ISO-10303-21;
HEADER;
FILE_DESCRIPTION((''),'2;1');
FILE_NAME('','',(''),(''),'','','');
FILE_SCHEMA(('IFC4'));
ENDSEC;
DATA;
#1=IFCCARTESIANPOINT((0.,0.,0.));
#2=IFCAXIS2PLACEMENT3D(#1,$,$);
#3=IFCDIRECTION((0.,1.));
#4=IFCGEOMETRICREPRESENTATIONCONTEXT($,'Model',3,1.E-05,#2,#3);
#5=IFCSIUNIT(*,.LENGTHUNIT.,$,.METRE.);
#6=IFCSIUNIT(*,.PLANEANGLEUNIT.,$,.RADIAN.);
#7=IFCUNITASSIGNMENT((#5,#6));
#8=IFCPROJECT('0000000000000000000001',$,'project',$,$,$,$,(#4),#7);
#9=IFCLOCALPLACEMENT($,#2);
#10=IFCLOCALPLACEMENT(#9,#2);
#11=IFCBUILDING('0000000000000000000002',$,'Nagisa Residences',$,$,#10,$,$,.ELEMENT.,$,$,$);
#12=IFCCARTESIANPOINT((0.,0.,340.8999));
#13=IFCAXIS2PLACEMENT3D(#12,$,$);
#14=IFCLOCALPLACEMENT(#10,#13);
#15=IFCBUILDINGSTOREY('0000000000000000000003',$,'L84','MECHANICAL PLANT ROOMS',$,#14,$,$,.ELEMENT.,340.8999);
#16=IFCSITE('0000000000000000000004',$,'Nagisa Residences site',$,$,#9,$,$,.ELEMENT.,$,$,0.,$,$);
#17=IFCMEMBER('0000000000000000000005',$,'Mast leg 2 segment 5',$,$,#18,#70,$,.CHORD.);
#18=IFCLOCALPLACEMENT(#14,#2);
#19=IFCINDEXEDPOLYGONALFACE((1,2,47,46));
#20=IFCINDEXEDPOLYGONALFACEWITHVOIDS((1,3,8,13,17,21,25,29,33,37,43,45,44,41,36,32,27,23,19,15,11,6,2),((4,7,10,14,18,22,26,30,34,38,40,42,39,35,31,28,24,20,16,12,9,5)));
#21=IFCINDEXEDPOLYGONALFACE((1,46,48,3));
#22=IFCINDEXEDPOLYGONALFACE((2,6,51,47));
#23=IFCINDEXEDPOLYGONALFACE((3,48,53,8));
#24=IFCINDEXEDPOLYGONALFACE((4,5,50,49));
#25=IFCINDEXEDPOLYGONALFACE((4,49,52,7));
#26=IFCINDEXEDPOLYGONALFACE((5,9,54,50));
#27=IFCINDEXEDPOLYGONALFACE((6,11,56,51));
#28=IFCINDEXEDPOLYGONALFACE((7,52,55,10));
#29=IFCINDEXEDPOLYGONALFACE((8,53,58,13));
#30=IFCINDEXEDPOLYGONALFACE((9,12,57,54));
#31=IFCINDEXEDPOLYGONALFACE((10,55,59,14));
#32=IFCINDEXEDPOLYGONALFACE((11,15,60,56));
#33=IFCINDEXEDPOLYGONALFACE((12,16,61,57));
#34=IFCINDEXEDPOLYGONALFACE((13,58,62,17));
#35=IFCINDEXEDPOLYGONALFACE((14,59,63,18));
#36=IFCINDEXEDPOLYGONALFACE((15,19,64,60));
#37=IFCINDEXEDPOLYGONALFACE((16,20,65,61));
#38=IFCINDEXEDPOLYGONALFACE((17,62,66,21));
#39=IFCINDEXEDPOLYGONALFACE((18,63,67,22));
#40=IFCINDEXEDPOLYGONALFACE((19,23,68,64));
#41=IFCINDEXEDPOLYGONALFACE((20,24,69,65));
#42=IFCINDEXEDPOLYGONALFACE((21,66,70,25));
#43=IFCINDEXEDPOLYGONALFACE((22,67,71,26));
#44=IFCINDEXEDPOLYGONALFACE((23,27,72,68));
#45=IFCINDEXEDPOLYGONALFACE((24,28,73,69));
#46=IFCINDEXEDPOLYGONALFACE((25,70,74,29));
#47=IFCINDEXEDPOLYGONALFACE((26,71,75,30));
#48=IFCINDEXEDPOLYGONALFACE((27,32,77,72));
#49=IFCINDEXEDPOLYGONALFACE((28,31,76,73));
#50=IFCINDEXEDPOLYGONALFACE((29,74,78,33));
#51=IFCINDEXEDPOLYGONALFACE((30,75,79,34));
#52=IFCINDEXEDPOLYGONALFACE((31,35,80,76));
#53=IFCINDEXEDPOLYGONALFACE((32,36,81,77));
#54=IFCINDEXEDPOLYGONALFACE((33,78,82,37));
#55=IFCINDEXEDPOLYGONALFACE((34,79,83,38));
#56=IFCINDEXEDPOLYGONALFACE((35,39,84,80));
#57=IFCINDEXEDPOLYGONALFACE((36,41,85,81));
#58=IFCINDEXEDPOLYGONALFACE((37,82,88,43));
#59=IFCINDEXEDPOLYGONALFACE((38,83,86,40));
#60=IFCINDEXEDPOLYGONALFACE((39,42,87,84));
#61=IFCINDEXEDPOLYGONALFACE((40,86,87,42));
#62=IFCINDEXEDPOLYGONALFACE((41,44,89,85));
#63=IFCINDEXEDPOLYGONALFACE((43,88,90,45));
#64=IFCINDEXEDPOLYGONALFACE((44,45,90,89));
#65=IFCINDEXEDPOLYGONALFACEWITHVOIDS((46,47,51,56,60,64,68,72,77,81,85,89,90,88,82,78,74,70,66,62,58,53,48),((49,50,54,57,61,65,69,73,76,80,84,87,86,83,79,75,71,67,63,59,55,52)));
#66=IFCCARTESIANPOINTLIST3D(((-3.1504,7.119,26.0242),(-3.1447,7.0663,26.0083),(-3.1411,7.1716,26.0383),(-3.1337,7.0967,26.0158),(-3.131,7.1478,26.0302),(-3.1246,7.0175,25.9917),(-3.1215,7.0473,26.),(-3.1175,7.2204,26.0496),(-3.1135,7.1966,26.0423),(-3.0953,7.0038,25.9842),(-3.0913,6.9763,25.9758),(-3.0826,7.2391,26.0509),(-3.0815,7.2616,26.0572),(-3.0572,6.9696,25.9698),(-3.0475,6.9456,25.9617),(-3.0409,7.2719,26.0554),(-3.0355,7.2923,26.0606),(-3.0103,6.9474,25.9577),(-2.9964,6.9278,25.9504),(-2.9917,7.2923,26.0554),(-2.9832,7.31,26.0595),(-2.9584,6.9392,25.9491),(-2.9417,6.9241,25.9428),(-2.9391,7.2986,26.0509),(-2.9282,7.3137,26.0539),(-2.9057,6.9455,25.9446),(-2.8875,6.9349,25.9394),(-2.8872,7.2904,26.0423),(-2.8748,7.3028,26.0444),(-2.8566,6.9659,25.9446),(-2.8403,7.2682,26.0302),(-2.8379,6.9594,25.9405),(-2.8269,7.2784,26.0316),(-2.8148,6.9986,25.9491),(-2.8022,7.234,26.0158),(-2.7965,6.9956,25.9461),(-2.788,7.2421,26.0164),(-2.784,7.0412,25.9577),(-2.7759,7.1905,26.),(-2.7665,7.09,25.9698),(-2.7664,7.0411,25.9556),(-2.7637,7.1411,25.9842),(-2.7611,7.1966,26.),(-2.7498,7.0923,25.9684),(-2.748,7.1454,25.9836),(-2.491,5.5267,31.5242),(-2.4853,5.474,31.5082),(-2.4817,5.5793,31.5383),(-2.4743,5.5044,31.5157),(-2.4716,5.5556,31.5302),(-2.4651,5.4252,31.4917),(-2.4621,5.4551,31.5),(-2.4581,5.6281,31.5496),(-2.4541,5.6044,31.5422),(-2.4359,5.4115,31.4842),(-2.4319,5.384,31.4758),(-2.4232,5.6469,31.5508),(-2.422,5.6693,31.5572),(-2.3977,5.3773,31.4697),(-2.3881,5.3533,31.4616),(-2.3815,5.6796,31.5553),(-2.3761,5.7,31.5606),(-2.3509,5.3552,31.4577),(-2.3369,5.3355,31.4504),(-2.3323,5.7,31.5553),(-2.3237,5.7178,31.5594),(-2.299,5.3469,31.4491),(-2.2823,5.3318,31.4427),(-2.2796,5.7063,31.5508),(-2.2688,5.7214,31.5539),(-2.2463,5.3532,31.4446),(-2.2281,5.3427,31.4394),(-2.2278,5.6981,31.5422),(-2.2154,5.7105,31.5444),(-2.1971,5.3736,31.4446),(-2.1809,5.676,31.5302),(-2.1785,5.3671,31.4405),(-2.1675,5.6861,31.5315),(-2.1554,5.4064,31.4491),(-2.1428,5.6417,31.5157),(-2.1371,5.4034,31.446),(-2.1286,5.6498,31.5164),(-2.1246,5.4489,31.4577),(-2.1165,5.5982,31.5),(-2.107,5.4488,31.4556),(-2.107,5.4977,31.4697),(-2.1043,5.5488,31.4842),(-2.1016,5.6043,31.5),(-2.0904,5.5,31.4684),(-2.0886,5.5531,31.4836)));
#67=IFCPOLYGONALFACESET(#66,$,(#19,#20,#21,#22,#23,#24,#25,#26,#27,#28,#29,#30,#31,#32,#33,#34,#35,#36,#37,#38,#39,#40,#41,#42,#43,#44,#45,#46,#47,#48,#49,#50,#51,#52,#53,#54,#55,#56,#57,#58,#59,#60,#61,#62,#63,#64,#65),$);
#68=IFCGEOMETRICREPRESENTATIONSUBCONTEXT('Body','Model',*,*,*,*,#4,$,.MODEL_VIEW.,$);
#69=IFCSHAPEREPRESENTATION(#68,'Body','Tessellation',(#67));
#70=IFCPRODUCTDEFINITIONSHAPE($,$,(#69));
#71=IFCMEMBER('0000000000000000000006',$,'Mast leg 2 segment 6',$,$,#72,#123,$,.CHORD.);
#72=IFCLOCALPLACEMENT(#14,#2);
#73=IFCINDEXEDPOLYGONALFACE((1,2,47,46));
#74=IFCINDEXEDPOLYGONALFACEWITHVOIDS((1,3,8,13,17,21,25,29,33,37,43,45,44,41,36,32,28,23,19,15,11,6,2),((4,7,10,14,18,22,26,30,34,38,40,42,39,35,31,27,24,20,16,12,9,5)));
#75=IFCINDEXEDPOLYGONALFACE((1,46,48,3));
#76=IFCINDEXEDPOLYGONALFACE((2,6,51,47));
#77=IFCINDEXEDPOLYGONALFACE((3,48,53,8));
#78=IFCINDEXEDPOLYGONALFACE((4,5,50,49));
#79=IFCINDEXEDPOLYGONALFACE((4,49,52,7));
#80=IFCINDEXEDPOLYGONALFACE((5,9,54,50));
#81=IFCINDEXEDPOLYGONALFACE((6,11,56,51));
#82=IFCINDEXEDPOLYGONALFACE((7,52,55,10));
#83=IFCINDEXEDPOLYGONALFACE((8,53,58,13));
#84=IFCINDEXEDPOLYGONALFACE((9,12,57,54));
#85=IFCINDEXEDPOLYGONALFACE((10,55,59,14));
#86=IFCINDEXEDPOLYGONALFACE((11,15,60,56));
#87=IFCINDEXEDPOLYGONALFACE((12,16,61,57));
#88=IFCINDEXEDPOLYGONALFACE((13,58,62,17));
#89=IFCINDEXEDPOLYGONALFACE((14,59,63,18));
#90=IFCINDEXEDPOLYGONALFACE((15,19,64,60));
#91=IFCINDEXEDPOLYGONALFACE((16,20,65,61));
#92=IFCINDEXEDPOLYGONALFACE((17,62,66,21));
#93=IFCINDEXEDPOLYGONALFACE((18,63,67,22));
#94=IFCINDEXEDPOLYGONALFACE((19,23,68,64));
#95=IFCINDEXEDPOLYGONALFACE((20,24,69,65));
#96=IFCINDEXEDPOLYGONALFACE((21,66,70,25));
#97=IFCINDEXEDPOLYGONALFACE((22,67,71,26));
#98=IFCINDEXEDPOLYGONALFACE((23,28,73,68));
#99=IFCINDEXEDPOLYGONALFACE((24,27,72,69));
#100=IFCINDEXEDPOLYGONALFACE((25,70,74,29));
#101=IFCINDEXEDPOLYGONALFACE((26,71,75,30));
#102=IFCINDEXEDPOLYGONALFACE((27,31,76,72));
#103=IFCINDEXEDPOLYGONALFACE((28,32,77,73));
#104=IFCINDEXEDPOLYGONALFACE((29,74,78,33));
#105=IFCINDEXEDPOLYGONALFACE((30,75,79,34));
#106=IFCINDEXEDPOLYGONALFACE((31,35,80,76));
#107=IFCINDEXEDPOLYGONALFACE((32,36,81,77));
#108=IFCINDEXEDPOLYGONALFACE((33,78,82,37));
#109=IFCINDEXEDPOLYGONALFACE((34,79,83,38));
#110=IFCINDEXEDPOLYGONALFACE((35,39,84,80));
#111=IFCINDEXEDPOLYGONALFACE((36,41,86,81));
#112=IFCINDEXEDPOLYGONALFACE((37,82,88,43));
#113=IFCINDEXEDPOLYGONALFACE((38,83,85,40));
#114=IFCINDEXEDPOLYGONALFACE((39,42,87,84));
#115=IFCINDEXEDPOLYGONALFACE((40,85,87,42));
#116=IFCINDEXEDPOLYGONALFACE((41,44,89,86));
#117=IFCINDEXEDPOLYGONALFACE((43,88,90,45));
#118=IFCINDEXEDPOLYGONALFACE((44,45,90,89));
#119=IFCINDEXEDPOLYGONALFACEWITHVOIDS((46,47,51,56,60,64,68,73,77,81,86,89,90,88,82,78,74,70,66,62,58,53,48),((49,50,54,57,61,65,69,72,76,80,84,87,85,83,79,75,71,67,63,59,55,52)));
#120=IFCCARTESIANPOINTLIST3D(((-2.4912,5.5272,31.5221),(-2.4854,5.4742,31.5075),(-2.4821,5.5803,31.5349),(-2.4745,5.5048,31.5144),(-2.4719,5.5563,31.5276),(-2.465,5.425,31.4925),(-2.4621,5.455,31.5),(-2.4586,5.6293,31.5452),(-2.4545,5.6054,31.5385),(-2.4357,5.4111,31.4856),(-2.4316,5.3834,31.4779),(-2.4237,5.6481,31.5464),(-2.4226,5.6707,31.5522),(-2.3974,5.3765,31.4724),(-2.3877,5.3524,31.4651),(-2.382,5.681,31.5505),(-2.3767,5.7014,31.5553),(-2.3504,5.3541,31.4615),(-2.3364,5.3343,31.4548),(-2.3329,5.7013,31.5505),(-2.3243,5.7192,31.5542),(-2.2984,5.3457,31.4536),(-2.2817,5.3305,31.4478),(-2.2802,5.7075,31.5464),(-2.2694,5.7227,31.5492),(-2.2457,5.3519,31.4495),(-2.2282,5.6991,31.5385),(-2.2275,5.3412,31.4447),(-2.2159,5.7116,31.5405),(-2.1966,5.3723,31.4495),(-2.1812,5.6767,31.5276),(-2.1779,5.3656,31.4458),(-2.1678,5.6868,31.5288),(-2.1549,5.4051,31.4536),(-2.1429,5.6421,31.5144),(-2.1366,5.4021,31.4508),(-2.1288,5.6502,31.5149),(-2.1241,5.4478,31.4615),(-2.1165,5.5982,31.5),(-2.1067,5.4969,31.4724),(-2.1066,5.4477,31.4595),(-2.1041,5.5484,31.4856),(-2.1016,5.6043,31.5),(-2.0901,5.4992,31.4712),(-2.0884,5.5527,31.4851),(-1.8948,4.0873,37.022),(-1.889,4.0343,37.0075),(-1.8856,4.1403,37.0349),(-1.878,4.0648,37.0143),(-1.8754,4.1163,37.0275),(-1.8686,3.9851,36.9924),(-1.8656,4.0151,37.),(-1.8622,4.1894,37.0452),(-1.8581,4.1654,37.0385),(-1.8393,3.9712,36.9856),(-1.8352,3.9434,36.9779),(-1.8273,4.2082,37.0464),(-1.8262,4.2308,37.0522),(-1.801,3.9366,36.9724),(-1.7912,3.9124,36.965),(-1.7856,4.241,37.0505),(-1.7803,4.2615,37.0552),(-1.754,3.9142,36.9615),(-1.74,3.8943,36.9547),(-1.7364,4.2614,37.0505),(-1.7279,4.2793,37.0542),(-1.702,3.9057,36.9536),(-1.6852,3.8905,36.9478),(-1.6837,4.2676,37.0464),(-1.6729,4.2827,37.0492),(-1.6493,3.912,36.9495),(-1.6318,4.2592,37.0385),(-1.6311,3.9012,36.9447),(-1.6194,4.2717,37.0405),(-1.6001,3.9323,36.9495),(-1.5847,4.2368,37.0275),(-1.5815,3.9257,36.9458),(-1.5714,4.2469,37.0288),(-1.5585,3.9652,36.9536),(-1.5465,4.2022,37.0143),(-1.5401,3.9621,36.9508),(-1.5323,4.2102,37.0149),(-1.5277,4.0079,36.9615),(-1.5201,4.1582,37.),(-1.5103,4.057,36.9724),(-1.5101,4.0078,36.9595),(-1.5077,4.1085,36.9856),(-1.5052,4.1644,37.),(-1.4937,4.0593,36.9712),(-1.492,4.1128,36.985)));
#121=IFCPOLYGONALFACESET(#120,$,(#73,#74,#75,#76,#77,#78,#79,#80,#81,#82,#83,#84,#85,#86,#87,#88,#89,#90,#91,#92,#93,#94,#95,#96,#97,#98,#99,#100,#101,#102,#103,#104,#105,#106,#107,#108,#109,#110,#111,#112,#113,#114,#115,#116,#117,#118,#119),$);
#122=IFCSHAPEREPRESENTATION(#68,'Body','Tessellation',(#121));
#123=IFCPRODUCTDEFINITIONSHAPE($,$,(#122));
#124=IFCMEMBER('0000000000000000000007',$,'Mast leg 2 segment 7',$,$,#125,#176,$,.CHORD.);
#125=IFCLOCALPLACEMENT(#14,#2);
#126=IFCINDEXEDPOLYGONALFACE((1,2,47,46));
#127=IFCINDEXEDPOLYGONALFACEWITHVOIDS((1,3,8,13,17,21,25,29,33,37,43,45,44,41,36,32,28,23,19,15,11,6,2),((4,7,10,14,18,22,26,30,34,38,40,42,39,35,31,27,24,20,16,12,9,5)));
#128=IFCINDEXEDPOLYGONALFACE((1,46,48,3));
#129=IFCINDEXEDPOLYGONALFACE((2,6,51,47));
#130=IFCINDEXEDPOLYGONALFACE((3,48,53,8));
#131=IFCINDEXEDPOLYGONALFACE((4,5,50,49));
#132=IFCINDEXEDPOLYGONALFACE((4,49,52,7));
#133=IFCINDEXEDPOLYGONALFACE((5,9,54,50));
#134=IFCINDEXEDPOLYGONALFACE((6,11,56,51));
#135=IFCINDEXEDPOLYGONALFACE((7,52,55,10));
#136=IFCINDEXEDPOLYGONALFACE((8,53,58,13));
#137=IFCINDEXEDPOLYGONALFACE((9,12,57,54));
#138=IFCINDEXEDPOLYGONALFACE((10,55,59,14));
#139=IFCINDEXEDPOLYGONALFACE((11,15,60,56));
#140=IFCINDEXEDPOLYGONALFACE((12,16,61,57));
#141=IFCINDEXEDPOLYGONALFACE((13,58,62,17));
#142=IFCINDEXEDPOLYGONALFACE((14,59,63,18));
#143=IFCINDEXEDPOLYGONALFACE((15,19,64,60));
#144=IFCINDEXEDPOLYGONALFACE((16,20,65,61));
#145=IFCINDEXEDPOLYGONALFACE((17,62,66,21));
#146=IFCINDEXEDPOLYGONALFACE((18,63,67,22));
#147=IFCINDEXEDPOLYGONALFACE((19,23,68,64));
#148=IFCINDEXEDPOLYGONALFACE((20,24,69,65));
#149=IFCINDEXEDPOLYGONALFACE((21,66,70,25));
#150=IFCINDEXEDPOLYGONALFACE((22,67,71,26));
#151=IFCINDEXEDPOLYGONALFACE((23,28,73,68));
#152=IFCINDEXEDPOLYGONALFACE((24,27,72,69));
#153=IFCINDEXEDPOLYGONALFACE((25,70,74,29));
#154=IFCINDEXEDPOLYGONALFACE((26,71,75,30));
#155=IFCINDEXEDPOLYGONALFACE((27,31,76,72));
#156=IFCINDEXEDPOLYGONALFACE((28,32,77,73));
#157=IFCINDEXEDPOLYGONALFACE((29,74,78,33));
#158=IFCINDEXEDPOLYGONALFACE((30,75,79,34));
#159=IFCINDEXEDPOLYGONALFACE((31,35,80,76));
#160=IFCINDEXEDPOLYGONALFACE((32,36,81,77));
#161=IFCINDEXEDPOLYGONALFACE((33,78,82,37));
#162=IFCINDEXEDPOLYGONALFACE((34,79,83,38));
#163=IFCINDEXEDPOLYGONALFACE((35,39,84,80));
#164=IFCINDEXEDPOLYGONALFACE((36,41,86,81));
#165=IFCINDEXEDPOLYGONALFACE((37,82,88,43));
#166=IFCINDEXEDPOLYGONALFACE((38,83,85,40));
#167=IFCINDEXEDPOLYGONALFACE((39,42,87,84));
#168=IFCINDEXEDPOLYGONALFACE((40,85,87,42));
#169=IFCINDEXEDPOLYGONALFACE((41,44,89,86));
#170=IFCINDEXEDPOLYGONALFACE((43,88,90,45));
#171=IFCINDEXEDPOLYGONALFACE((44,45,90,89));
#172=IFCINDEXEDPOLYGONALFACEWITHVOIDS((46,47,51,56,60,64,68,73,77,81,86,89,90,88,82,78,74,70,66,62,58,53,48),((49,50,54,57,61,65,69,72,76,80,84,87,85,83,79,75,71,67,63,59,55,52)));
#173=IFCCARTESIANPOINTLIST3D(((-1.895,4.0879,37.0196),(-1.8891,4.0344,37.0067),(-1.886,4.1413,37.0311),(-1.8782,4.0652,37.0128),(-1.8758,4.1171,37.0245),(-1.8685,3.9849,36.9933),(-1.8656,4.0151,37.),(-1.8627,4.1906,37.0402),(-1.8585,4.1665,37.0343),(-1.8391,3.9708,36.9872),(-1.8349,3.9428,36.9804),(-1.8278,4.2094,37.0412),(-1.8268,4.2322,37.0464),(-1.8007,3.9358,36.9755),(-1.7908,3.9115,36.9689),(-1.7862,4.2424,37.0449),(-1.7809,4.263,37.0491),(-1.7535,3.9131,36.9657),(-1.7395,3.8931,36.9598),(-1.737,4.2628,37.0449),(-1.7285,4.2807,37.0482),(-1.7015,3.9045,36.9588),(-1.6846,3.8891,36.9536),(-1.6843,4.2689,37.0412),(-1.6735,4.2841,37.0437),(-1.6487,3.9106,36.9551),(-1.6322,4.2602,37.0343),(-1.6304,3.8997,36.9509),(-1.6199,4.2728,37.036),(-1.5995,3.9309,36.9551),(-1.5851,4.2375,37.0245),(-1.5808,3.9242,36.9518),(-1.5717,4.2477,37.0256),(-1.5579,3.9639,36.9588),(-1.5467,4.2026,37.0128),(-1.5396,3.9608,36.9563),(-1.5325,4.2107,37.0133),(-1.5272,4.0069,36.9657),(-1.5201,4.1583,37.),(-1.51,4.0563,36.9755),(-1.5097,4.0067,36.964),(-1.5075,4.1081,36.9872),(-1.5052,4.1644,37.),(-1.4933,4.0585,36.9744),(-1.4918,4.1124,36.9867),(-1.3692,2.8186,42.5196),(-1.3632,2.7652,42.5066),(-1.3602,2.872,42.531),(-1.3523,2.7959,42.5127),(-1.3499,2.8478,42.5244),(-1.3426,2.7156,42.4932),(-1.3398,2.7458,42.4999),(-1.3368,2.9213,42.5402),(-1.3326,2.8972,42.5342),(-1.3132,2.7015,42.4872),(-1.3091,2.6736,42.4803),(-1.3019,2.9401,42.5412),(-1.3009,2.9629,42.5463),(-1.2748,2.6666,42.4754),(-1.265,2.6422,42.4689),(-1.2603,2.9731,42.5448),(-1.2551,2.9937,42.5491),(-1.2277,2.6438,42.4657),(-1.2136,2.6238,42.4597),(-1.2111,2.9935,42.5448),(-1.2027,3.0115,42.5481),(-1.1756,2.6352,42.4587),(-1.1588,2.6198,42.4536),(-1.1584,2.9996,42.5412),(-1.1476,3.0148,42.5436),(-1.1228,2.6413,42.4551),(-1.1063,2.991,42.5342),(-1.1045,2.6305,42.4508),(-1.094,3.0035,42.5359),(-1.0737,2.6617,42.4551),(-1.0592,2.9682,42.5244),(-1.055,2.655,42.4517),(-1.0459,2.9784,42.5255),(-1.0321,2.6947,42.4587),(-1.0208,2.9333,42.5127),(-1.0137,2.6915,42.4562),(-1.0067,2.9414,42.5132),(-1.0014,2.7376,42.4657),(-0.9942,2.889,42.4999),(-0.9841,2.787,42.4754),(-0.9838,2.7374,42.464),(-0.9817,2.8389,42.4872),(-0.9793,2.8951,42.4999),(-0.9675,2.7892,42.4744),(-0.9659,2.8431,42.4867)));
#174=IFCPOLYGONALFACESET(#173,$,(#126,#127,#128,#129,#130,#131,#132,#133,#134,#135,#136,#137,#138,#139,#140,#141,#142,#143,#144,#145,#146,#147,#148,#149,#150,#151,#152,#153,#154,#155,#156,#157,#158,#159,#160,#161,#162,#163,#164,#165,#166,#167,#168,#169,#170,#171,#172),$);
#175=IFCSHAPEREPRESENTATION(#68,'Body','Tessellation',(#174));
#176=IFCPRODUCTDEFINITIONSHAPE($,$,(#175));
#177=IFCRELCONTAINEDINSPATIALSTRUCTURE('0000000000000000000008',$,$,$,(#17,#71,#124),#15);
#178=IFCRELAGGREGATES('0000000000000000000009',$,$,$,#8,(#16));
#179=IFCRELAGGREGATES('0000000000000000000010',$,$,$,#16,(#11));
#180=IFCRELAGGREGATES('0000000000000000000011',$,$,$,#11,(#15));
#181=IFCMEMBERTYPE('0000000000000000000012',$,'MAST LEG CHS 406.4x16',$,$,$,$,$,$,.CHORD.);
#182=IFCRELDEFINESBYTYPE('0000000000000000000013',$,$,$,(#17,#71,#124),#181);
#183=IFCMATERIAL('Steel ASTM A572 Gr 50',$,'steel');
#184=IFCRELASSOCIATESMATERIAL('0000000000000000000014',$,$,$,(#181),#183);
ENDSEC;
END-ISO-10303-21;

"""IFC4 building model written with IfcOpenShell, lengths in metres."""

from ifc_helpers import new_model, si_unit, direction, frame, origin, origin_2d, place, context, subcontext, project, spatial, hollow_circle, extrude, material, material_profile, profile_set, type_object, element, save


model = new_model("IFC4")

# Units and contexts
model_context = context("Model", 3, precision=1e-05, world=origin(), true_north=direction((0.0, 1.0)))
body_context = subcontext(model_context, "Body", "Model", "MODEL_VIEW")
ifc_project = project(units=[si_unit("LENGTHUNIT", "METRE"), si_unit("PLANEANGLEUNIT", "RADIAN")], contexts=[model_context])

# Site, building, storey
site_placement = place(None, origin())
site = spatial("IfcSite", under=ifc_project, at=site_placement, Name="Nagisa Residences site", CompositionType="ELEMENT", RefElevation=0.0)
building_placement = place(site_placement, origin())
building = spatial("IfcBuilding", under=site, at=building_placement, Name="Nagisa Residences", CompositionType="ELEMENT")
storey_placement = place(building_placement, frame((0.0, 0.0, 340.8999)))
storey = spatial("IfcBuildingStorey", under=building, at=storey_placement, Name="L84", Description="MECHANICAL PLANT ROOMS", CompositionType="ELEMENT", Elevation=340.8999)

# Members
ifc_material_1 = material(Name="Steel ASTM A572 Gr 50", Category="steel")
ifc_material_profile_1 = material_profile(ifc_material_1, hollow_circle(Radius=0.2031, WallThickness=0.0161, at=origin_2d()), Name="MAST LEG CHS 406.4x16")
ifc_profile_set_1 = profile_set([ifc_material_profile_1], Name="Steel ASTM A572 Gr 50")
member_type_1 = type_object("IfcMemberType", Name="MAST LEG CHS 406.4x16", PredefinedType="CHORD", material=ifc_profile_set_1)
member_1_placement = place(storey_placement, frame((-2.9487, 7.1189, 26.0), z_axis=(0.11441, -0.276261, 0.954249), x_axis=(0.923905, 0.382623, 0.0)))
element("IfcMember", 1, at=member_1_placement, inside=storey, type_object=member_type_1, Name="Mast leg 2 segment 5", PredefinedType="CHORD", context=body_context, shape_type="SweptSolid", body=[
    extrude(hollow_circle(Radius=0.2031, WallThickness=0.0161, at=origin_2d()), origin(), (0.0, 0.0, 1.0), 5.7637),
])
member_2_placement = place(storey_placement, frame((-2.2893, 5.5266, 31.5), z_axis=(0.104335, -0.251889, 0.962115), x_axis=(0.923881, 0.382679, 0.0)))
element("IfcMember", 2, at=member_2_placement, inside=storey, type_object=member_type_1, Name="Mast leg 2 segment 6", PredefinedType="CHORD", context=body_context, shape_type="SweptSolid", body=[
    extrude(hollow_circle(Radius=0.2031, WallThickness=0.0161, at=origin_2d()), origin(), (0.0, 0.0, 1.0), 5.7166),
])
member_3_placement = place(storey_placement, frame((-1.6929, 4.0867, 37.0), z_axis=(0.092764, -0.223899, 0.970188), x_axis=(0.923848, 0.38276, 0.0)))
element("IfcMember", 3, at=member_3_placement, inside=storey, type_object=member_type_1, Name="Mast leg 2 segment 7", PredefinedType="CHORD", context=body_context, shape_type="SweptSolid", body=[
    extrude(hollow_circle(Radius=0.2031, WallThickness=0.0161, at=origin_2d()), origin(), (0.0, 0.0, 1.0), 5.6689),
])

save(model, "model.ifc")
